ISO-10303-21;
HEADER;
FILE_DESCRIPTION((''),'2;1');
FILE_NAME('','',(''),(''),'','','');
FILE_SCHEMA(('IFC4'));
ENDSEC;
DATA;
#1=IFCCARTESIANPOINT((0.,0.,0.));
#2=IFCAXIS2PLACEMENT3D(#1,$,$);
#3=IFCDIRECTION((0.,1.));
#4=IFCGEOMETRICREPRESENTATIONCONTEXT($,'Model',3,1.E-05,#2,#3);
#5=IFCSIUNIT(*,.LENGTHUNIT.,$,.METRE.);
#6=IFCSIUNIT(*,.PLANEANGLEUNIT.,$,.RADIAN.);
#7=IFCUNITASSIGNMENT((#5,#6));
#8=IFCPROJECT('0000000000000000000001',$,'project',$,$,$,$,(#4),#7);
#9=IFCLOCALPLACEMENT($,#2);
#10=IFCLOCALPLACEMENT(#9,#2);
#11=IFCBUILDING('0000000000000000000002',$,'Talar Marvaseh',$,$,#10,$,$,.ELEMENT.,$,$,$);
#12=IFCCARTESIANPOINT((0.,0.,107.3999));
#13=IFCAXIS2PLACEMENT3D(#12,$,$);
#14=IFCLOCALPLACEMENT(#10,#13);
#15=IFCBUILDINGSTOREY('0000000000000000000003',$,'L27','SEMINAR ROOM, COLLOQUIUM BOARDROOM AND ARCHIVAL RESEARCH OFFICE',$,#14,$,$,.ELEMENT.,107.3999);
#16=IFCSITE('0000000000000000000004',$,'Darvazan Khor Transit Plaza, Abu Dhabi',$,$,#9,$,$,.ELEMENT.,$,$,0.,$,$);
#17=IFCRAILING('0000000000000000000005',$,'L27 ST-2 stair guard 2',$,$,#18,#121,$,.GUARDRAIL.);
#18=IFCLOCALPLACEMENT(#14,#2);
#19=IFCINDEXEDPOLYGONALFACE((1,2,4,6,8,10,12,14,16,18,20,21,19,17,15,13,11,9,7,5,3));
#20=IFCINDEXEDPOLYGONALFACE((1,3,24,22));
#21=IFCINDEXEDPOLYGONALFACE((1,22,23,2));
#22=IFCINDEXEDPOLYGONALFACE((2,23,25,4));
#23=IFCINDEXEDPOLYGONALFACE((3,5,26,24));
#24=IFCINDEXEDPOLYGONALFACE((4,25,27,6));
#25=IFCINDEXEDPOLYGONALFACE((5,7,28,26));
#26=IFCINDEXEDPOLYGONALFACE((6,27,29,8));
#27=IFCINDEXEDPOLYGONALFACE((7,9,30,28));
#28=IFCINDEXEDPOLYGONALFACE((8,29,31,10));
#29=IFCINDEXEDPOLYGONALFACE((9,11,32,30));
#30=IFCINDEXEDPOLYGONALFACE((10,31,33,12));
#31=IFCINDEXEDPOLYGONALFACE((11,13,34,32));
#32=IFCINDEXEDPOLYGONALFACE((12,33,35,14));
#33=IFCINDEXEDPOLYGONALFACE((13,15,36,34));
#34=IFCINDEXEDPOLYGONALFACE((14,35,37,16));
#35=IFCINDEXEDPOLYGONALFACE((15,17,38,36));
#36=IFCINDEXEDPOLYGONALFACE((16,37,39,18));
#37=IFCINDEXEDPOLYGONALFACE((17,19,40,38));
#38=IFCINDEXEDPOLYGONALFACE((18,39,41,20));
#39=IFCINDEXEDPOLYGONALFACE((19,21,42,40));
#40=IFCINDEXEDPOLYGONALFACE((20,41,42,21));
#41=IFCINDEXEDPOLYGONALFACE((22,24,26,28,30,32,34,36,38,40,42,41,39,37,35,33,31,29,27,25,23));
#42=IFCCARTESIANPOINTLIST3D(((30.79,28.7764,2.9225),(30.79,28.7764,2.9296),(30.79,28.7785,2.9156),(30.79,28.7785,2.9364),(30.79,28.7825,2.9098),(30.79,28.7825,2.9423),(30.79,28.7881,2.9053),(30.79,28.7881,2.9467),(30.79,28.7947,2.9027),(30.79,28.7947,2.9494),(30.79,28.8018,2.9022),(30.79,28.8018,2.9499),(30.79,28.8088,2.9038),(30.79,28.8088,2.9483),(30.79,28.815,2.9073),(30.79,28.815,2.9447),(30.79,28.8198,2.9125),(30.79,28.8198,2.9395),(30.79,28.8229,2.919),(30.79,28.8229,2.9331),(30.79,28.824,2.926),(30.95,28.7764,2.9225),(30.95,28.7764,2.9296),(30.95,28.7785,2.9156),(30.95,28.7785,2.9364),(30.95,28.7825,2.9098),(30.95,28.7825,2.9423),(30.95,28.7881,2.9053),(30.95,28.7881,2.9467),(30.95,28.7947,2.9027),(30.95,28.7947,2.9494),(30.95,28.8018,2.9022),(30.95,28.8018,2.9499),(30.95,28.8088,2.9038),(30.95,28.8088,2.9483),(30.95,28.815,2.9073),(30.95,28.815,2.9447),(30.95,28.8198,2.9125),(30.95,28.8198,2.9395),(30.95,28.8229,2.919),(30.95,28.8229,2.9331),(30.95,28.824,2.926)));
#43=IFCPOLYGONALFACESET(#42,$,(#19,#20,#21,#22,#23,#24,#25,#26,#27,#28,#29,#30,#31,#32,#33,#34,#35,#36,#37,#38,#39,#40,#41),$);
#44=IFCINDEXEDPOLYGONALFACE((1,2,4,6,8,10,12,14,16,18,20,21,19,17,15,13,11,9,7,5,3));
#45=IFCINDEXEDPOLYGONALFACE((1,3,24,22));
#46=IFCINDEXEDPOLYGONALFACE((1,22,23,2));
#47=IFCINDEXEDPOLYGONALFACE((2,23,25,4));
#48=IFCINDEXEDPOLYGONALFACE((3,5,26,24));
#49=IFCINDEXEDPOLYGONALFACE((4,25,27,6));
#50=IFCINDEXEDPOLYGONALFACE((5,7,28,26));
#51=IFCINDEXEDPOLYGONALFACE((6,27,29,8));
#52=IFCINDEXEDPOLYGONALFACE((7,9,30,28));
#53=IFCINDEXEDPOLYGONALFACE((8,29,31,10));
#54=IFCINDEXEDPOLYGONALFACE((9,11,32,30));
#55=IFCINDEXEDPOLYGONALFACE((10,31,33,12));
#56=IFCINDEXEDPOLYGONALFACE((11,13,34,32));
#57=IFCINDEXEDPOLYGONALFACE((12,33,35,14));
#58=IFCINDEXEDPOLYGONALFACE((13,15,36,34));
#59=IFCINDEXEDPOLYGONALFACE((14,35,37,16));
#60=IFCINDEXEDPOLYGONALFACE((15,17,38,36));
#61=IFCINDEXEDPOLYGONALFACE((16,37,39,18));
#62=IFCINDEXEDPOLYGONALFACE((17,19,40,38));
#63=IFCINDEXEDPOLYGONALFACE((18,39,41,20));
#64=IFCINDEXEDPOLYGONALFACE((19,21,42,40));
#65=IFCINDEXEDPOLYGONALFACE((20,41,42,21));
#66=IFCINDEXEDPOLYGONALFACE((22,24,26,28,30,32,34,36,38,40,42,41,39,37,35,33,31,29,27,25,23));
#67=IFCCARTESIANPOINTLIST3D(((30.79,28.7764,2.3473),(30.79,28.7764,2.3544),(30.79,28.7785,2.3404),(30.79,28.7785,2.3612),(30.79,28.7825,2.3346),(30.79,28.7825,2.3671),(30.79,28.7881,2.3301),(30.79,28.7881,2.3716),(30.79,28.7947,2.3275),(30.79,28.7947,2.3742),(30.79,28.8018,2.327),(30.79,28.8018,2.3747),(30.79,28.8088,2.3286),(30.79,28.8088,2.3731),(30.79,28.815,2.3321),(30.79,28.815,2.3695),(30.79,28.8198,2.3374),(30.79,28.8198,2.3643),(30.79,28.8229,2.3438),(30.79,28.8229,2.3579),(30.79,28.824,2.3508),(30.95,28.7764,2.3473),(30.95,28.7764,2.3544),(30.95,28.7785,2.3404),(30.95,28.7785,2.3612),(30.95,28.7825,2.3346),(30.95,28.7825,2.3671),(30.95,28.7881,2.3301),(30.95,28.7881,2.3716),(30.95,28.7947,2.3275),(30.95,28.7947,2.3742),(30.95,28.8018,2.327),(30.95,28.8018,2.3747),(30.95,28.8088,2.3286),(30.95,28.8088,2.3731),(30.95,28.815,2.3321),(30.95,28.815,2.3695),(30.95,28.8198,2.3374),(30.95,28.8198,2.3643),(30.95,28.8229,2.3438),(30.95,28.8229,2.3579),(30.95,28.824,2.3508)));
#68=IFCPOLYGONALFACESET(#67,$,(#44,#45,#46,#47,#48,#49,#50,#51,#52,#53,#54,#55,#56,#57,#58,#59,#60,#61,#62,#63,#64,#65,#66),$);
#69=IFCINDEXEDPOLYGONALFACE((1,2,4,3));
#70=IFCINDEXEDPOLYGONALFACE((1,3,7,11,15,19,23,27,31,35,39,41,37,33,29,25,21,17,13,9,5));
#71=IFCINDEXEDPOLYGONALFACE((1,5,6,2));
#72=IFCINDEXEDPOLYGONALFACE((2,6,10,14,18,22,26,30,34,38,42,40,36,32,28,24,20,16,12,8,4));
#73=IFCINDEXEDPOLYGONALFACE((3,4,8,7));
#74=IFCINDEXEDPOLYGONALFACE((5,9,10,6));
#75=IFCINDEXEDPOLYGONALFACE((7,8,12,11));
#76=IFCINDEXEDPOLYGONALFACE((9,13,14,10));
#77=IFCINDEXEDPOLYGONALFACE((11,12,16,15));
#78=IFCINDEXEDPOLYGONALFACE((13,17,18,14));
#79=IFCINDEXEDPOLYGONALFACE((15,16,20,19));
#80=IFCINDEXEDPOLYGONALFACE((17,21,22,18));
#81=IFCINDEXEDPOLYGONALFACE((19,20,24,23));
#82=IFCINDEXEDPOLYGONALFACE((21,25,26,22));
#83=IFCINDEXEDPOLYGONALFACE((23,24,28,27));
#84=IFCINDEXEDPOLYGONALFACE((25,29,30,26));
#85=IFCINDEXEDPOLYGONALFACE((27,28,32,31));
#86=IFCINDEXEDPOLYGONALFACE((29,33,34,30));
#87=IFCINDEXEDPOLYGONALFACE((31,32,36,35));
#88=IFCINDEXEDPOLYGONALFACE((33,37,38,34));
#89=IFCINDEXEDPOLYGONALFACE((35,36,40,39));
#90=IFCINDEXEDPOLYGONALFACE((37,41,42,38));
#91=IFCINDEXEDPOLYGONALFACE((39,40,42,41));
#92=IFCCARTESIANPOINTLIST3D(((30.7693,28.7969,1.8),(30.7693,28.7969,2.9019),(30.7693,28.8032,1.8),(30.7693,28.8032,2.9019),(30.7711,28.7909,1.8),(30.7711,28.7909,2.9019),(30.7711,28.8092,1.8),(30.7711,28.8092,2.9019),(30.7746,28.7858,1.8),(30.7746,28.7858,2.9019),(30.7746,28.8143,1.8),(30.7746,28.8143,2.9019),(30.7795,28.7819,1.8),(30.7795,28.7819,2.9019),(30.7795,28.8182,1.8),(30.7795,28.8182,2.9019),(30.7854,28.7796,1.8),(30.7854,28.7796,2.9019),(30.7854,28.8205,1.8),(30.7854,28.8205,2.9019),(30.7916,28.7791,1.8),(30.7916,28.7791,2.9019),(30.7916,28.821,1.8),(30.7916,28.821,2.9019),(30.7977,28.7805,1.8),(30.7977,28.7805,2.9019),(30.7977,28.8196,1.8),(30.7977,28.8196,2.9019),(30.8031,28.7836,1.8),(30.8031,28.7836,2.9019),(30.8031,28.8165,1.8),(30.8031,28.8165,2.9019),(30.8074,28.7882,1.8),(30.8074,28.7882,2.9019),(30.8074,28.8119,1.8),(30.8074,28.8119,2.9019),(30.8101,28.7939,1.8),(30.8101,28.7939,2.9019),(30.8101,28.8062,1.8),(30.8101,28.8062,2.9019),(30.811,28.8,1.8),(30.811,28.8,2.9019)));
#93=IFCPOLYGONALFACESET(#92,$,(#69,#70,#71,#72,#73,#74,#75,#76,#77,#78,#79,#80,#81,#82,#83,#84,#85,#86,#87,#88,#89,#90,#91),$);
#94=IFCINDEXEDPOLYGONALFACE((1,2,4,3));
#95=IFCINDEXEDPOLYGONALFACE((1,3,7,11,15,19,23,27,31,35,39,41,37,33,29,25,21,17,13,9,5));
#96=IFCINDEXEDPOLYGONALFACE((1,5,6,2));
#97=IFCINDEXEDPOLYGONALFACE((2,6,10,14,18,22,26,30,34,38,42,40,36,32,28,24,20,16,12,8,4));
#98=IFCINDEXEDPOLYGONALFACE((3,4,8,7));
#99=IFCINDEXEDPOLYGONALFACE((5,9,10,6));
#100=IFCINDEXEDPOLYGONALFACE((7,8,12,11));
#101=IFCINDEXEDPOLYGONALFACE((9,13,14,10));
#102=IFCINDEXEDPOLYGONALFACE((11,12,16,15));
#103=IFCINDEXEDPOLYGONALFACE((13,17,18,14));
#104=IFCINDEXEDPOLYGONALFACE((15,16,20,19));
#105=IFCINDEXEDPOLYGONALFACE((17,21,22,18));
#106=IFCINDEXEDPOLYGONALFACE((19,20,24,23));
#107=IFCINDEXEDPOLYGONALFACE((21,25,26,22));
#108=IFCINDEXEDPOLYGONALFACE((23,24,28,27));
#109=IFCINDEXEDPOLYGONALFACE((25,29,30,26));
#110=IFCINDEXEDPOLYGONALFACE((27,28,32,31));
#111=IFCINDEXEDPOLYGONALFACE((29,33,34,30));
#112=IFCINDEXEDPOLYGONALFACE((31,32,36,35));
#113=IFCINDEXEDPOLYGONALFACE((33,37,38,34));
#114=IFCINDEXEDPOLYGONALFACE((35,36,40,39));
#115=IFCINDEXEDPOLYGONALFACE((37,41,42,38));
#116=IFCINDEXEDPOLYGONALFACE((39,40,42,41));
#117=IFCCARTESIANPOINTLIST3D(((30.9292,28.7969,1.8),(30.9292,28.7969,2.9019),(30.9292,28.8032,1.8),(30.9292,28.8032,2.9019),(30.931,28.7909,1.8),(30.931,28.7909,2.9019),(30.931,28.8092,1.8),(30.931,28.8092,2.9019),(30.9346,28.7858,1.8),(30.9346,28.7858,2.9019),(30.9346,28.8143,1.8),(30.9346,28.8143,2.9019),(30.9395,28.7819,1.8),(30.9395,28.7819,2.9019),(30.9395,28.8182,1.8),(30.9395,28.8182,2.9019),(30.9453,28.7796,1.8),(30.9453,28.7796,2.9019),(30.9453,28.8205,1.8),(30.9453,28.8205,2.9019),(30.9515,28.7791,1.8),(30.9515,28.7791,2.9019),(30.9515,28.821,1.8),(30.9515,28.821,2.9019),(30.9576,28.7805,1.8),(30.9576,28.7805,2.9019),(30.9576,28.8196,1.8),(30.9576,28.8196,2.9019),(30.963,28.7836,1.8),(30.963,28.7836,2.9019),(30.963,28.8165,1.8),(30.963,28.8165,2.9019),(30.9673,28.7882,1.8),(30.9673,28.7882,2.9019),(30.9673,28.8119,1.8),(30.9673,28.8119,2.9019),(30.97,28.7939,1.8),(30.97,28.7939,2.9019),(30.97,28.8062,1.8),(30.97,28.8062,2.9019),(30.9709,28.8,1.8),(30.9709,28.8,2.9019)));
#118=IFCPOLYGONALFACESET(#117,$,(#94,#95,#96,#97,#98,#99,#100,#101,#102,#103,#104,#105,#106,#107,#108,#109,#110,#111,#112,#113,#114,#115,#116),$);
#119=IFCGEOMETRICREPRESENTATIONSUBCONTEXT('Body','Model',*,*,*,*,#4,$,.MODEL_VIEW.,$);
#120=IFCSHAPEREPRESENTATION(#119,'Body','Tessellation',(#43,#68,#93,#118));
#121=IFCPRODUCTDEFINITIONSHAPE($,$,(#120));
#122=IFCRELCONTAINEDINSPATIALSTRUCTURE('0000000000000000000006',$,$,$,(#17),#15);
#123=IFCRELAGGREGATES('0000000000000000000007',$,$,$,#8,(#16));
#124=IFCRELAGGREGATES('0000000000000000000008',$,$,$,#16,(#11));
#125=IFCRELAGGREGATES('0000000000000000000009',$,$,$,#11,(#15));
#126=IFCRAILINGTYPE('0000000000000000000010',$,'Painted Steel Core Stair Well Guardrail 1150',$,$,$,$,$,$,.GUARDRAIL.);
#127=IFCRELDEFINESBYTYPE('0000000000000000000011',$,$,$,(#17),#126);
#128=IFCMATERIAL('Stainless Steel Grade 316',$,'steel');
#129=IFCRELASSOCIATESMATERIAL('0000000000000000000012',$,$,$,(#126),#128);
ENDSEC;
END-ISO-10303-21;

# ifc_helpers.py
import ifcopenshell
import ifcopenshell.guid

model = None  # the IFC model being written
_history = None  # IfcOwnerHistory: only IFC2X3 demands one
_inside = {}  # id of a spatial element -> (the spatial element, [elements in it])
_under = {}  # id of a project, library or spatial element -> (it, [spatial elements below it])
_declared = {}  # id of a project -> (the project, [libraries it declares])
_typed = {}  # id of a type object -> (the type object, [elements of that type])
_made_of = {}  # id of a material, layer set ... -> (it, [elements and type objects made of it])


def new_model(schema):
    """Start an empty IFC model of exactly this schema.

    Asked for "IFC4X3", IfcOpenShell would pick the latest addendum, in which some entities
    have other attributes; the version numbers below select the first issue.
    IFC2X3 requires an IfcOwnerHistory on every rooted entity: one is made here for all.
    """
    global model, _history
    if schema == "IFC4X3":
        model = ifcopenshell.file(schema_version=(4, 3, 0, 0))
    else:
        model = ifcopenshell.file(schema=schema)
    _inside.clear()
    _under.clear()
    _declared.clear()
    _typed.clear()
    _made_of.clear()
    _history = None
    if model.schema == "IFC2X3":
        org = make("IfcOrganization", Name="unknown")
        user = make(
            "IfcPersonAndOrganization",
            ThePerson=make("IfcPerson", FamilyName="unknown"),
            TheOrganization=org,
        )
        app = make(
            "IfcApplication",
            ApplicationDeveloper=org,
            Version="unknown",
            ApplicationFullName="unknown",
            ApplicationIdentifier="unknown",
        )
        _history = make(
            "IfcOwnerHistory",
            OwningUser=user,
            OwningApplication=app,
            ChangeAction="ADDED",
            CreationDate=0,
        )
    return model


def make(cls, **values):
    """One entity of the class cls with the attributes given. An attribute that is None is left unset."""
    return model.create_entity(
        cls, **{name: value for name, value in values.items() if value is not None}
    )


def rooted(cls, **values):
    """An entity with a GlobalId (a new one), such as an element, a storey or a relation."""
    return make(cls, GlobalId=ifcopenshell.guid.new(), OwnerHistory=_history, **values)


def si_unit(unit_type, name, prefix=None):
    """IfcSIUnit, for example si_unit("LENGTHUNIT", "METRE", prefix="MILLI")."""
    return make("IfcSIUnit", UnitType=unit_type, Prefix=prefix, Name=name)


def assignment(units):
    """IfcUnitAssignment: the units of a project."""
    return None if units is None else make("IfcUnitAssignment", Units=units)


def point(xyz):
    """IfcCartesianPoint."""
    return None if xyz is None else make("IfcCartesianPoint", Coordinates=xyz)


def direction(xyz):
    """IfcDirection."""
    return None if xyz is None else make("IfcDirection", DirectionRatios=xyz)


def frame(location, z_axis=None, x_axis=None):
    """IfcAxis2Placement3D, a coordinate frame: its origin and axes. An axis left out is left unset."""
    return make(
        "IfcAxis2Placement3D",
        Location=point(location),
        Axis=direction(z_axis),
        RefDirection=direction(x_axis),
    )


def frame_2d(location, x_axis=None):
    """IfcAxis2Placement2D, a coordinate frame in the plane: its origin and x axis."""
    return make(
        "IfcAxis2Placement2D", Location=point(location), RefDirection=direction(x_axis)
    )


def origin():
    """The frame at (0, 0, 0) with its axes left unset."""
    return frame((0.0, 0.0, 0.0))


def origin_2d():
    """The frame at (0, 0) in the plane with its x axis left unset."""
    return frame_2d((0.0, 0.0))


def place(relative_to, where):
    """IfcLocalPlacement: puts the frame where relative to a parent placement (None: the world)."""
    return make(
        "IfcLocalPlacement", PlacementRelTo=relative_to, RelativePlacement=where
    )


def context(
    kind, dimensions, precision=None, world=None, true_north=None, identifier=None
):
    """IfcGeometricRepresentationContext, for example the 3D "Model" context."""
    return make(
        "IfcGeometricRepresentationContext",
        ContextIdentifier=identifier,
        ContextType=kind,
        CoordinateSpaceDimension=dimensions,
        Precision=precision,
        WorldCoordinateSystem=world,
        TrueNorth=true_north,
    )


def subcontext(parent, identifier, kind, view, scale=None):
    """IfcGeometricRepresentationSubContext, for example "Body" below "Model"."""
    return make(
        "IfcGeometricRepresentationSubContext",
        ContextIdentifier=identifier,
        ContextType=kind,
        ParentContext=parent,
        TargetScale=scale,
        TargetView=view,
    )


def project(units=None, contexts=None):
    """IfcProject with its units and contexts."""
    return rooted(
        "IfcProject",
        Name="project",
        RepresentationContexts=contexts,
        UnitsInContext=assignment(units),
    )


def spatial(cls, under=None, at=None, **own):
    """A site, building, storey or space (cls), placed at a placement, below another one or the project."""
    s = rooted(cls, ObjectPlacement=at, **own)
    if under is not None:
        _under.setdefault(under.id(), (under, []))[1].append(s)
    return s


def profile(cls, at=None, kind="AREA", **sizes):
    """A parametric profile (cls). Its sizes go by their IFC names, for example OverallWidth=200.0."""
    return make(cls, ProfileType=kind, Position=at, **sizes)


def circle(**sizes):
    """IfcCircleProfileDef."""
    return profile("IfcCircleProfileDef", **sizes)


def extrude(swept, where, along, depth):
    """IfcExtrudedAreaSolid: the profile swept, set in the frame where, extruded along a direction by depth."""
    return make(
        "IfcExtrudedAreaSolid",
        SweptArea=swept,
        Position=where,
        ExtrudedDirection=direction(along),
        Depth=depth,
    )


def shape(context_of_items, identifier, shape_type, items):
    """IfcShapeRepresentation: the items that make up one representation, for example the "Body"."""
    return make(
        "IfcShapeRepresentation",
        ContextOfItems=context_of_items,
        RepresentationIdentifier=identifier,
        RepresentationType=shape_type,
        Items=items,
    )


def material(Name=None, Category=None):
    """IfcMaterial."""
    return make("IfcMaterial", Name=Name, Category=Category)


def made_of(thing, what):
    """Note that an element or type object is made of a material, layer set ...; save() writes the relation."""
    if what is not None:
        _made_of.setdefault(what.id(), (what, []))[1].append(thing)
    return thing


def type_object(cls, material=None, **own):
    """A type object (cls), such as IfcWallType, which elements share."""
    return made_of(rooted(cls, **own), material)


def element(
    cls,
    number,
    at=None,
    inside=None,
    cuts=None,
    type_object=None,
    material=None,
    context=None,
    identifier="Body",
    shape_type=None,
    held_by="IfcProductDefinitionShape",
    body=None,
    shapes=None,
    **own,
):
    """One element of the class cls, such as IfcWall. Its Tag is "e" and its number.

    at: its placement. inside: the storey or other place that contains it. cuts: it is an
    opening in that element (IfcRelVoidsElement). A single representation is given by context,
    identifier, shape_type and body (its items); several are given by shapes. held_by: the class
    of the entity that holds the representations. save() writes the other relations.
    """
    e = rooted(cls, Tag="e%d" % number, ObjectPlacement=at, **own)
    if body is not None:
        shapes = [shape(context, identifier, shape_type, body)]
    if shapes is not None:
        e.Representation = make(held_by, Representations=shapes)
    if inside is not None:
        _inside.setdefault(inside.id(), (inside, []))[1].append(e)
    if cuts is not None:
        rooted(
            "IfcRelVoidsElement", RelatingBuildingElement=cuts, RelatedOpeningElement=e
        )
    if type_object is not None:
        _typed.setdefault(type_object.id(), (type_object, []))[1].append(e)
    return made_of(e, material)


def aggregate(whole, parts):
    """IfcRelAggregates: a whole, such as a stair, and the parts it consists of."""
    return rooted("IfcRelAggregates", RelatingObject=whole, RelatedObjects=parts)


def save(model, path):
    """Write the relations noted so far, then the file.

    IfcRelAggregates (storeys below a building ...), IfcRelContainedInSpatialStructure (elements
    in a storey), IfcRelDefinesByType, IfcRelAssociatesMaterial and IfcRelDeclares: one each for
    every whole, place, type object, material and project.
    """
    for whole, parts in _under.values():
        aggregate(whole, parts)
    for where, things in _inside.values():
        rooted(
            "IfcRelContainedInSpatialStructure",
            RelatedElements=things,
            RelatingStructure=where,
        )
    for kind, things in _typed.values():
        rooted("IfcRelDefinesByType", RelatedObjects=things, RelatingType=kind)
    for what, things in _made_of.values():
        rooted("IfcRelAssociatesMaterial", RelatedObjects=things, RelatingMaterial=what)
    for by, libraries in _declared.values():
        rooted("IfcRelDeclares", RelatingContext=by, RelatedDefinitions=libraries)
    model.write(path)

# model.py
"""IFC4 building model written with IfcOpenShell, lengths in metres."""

from ifc_helpers import new_model, si_unit, direction, frame, origin, origin_2d, place, context, subcontext, project, spatial, circle, extrude, material, type_object, element, save


model = new_model("IFC4")

# Units and contexts
model_context = context("Model", 3, precision=1e-05, world=origin(), true_north=direction((0.0, 1.0)))
body_context = subcontext(model_context, "Body", "Model", "MODEL_VIEW")
ifc_project = project(units=[si_unit("LENGTHUNIT", "METRE"), si_unit("PLANEANGLEUNIT", "RADIAN")], contexts=[model_context])

# Site, building, storey
site_placement = place(None, origin())
site = spatial("IfcSite", under=ifc_project, at=site_placement, Name="Darvazan Khor Transit Plaza, Abu Dhabi", CompositionType="ELEMENT", RefElevation=0.0)
building_placement = place(site_placement, origin())
building = spatial("IfcBuilding", under=site, at=building_placement, Name="Talar Marvaseh", CompositionType="ELEMENT")
storey_placement = place(building_placement, frame((0.0, 0.0, 107.3999)))
storey = spatial("IfcBuildingStorey", under=building, at=storey_placement, Name="L27", Description="SEMINAR ROOM, COLLOQUIUM BOARDROOM AND ARCHIVAL RESEARCH OFFICE", CompositionType="ELEMENT", Elevation=107.3999)

# Railing
ifc_material_1 = material(Name="Stainless Steel Grade 316", Category="steel")
railing_type_1 = type_object("IfcRailingType", Name="Painted Steel Core Stair Well Guardrail 1150", PredefinedType="GUARDRAIL", material=ifc_material_1)
railing_1_placement = place(storey_placement, frame((30.79, 28.8, 1.8)))
element("IfcRailing", 1, at=railing_1_placement, inside=storey, type_object=railing_type_1, Name="L27 ST-2 stair guard 2", PredefinedType="GUARDRAIL", context=body_context, shape_type="SweptSolid", body=[
    extrude(circle(Radius=0.0239, at=origin_2d()), frame((0.0, 0.0, 1.126), z_axis=(1.0, 0.0, 0.0), x_axis=(0.0, 1.0, 0.0)), (0.0, 0.0, 1.0), 0.1599),
    extrude(circle(Radius=0.0239, at=origin_2d()), frame((0.0, 0.0, 0.5508), z_axis=(1.0, 0.0, 0.0), x_axis=(0.0, 1.0, 0.0)), (0.0, 0.0, 1.0), 0.1599),
    extrude(circle(Radius=0.021, at=origin_2d()), origin(), (0.0, 0.0, 1.0), 1.1018),
    extrude(circle(Radius=0.021, at=origin_2d()), frame((0.1599, 0.0, 0.0)), (0.0, 0.0, 1.0), 1.1018),
])

save(model, "model.ifc")
